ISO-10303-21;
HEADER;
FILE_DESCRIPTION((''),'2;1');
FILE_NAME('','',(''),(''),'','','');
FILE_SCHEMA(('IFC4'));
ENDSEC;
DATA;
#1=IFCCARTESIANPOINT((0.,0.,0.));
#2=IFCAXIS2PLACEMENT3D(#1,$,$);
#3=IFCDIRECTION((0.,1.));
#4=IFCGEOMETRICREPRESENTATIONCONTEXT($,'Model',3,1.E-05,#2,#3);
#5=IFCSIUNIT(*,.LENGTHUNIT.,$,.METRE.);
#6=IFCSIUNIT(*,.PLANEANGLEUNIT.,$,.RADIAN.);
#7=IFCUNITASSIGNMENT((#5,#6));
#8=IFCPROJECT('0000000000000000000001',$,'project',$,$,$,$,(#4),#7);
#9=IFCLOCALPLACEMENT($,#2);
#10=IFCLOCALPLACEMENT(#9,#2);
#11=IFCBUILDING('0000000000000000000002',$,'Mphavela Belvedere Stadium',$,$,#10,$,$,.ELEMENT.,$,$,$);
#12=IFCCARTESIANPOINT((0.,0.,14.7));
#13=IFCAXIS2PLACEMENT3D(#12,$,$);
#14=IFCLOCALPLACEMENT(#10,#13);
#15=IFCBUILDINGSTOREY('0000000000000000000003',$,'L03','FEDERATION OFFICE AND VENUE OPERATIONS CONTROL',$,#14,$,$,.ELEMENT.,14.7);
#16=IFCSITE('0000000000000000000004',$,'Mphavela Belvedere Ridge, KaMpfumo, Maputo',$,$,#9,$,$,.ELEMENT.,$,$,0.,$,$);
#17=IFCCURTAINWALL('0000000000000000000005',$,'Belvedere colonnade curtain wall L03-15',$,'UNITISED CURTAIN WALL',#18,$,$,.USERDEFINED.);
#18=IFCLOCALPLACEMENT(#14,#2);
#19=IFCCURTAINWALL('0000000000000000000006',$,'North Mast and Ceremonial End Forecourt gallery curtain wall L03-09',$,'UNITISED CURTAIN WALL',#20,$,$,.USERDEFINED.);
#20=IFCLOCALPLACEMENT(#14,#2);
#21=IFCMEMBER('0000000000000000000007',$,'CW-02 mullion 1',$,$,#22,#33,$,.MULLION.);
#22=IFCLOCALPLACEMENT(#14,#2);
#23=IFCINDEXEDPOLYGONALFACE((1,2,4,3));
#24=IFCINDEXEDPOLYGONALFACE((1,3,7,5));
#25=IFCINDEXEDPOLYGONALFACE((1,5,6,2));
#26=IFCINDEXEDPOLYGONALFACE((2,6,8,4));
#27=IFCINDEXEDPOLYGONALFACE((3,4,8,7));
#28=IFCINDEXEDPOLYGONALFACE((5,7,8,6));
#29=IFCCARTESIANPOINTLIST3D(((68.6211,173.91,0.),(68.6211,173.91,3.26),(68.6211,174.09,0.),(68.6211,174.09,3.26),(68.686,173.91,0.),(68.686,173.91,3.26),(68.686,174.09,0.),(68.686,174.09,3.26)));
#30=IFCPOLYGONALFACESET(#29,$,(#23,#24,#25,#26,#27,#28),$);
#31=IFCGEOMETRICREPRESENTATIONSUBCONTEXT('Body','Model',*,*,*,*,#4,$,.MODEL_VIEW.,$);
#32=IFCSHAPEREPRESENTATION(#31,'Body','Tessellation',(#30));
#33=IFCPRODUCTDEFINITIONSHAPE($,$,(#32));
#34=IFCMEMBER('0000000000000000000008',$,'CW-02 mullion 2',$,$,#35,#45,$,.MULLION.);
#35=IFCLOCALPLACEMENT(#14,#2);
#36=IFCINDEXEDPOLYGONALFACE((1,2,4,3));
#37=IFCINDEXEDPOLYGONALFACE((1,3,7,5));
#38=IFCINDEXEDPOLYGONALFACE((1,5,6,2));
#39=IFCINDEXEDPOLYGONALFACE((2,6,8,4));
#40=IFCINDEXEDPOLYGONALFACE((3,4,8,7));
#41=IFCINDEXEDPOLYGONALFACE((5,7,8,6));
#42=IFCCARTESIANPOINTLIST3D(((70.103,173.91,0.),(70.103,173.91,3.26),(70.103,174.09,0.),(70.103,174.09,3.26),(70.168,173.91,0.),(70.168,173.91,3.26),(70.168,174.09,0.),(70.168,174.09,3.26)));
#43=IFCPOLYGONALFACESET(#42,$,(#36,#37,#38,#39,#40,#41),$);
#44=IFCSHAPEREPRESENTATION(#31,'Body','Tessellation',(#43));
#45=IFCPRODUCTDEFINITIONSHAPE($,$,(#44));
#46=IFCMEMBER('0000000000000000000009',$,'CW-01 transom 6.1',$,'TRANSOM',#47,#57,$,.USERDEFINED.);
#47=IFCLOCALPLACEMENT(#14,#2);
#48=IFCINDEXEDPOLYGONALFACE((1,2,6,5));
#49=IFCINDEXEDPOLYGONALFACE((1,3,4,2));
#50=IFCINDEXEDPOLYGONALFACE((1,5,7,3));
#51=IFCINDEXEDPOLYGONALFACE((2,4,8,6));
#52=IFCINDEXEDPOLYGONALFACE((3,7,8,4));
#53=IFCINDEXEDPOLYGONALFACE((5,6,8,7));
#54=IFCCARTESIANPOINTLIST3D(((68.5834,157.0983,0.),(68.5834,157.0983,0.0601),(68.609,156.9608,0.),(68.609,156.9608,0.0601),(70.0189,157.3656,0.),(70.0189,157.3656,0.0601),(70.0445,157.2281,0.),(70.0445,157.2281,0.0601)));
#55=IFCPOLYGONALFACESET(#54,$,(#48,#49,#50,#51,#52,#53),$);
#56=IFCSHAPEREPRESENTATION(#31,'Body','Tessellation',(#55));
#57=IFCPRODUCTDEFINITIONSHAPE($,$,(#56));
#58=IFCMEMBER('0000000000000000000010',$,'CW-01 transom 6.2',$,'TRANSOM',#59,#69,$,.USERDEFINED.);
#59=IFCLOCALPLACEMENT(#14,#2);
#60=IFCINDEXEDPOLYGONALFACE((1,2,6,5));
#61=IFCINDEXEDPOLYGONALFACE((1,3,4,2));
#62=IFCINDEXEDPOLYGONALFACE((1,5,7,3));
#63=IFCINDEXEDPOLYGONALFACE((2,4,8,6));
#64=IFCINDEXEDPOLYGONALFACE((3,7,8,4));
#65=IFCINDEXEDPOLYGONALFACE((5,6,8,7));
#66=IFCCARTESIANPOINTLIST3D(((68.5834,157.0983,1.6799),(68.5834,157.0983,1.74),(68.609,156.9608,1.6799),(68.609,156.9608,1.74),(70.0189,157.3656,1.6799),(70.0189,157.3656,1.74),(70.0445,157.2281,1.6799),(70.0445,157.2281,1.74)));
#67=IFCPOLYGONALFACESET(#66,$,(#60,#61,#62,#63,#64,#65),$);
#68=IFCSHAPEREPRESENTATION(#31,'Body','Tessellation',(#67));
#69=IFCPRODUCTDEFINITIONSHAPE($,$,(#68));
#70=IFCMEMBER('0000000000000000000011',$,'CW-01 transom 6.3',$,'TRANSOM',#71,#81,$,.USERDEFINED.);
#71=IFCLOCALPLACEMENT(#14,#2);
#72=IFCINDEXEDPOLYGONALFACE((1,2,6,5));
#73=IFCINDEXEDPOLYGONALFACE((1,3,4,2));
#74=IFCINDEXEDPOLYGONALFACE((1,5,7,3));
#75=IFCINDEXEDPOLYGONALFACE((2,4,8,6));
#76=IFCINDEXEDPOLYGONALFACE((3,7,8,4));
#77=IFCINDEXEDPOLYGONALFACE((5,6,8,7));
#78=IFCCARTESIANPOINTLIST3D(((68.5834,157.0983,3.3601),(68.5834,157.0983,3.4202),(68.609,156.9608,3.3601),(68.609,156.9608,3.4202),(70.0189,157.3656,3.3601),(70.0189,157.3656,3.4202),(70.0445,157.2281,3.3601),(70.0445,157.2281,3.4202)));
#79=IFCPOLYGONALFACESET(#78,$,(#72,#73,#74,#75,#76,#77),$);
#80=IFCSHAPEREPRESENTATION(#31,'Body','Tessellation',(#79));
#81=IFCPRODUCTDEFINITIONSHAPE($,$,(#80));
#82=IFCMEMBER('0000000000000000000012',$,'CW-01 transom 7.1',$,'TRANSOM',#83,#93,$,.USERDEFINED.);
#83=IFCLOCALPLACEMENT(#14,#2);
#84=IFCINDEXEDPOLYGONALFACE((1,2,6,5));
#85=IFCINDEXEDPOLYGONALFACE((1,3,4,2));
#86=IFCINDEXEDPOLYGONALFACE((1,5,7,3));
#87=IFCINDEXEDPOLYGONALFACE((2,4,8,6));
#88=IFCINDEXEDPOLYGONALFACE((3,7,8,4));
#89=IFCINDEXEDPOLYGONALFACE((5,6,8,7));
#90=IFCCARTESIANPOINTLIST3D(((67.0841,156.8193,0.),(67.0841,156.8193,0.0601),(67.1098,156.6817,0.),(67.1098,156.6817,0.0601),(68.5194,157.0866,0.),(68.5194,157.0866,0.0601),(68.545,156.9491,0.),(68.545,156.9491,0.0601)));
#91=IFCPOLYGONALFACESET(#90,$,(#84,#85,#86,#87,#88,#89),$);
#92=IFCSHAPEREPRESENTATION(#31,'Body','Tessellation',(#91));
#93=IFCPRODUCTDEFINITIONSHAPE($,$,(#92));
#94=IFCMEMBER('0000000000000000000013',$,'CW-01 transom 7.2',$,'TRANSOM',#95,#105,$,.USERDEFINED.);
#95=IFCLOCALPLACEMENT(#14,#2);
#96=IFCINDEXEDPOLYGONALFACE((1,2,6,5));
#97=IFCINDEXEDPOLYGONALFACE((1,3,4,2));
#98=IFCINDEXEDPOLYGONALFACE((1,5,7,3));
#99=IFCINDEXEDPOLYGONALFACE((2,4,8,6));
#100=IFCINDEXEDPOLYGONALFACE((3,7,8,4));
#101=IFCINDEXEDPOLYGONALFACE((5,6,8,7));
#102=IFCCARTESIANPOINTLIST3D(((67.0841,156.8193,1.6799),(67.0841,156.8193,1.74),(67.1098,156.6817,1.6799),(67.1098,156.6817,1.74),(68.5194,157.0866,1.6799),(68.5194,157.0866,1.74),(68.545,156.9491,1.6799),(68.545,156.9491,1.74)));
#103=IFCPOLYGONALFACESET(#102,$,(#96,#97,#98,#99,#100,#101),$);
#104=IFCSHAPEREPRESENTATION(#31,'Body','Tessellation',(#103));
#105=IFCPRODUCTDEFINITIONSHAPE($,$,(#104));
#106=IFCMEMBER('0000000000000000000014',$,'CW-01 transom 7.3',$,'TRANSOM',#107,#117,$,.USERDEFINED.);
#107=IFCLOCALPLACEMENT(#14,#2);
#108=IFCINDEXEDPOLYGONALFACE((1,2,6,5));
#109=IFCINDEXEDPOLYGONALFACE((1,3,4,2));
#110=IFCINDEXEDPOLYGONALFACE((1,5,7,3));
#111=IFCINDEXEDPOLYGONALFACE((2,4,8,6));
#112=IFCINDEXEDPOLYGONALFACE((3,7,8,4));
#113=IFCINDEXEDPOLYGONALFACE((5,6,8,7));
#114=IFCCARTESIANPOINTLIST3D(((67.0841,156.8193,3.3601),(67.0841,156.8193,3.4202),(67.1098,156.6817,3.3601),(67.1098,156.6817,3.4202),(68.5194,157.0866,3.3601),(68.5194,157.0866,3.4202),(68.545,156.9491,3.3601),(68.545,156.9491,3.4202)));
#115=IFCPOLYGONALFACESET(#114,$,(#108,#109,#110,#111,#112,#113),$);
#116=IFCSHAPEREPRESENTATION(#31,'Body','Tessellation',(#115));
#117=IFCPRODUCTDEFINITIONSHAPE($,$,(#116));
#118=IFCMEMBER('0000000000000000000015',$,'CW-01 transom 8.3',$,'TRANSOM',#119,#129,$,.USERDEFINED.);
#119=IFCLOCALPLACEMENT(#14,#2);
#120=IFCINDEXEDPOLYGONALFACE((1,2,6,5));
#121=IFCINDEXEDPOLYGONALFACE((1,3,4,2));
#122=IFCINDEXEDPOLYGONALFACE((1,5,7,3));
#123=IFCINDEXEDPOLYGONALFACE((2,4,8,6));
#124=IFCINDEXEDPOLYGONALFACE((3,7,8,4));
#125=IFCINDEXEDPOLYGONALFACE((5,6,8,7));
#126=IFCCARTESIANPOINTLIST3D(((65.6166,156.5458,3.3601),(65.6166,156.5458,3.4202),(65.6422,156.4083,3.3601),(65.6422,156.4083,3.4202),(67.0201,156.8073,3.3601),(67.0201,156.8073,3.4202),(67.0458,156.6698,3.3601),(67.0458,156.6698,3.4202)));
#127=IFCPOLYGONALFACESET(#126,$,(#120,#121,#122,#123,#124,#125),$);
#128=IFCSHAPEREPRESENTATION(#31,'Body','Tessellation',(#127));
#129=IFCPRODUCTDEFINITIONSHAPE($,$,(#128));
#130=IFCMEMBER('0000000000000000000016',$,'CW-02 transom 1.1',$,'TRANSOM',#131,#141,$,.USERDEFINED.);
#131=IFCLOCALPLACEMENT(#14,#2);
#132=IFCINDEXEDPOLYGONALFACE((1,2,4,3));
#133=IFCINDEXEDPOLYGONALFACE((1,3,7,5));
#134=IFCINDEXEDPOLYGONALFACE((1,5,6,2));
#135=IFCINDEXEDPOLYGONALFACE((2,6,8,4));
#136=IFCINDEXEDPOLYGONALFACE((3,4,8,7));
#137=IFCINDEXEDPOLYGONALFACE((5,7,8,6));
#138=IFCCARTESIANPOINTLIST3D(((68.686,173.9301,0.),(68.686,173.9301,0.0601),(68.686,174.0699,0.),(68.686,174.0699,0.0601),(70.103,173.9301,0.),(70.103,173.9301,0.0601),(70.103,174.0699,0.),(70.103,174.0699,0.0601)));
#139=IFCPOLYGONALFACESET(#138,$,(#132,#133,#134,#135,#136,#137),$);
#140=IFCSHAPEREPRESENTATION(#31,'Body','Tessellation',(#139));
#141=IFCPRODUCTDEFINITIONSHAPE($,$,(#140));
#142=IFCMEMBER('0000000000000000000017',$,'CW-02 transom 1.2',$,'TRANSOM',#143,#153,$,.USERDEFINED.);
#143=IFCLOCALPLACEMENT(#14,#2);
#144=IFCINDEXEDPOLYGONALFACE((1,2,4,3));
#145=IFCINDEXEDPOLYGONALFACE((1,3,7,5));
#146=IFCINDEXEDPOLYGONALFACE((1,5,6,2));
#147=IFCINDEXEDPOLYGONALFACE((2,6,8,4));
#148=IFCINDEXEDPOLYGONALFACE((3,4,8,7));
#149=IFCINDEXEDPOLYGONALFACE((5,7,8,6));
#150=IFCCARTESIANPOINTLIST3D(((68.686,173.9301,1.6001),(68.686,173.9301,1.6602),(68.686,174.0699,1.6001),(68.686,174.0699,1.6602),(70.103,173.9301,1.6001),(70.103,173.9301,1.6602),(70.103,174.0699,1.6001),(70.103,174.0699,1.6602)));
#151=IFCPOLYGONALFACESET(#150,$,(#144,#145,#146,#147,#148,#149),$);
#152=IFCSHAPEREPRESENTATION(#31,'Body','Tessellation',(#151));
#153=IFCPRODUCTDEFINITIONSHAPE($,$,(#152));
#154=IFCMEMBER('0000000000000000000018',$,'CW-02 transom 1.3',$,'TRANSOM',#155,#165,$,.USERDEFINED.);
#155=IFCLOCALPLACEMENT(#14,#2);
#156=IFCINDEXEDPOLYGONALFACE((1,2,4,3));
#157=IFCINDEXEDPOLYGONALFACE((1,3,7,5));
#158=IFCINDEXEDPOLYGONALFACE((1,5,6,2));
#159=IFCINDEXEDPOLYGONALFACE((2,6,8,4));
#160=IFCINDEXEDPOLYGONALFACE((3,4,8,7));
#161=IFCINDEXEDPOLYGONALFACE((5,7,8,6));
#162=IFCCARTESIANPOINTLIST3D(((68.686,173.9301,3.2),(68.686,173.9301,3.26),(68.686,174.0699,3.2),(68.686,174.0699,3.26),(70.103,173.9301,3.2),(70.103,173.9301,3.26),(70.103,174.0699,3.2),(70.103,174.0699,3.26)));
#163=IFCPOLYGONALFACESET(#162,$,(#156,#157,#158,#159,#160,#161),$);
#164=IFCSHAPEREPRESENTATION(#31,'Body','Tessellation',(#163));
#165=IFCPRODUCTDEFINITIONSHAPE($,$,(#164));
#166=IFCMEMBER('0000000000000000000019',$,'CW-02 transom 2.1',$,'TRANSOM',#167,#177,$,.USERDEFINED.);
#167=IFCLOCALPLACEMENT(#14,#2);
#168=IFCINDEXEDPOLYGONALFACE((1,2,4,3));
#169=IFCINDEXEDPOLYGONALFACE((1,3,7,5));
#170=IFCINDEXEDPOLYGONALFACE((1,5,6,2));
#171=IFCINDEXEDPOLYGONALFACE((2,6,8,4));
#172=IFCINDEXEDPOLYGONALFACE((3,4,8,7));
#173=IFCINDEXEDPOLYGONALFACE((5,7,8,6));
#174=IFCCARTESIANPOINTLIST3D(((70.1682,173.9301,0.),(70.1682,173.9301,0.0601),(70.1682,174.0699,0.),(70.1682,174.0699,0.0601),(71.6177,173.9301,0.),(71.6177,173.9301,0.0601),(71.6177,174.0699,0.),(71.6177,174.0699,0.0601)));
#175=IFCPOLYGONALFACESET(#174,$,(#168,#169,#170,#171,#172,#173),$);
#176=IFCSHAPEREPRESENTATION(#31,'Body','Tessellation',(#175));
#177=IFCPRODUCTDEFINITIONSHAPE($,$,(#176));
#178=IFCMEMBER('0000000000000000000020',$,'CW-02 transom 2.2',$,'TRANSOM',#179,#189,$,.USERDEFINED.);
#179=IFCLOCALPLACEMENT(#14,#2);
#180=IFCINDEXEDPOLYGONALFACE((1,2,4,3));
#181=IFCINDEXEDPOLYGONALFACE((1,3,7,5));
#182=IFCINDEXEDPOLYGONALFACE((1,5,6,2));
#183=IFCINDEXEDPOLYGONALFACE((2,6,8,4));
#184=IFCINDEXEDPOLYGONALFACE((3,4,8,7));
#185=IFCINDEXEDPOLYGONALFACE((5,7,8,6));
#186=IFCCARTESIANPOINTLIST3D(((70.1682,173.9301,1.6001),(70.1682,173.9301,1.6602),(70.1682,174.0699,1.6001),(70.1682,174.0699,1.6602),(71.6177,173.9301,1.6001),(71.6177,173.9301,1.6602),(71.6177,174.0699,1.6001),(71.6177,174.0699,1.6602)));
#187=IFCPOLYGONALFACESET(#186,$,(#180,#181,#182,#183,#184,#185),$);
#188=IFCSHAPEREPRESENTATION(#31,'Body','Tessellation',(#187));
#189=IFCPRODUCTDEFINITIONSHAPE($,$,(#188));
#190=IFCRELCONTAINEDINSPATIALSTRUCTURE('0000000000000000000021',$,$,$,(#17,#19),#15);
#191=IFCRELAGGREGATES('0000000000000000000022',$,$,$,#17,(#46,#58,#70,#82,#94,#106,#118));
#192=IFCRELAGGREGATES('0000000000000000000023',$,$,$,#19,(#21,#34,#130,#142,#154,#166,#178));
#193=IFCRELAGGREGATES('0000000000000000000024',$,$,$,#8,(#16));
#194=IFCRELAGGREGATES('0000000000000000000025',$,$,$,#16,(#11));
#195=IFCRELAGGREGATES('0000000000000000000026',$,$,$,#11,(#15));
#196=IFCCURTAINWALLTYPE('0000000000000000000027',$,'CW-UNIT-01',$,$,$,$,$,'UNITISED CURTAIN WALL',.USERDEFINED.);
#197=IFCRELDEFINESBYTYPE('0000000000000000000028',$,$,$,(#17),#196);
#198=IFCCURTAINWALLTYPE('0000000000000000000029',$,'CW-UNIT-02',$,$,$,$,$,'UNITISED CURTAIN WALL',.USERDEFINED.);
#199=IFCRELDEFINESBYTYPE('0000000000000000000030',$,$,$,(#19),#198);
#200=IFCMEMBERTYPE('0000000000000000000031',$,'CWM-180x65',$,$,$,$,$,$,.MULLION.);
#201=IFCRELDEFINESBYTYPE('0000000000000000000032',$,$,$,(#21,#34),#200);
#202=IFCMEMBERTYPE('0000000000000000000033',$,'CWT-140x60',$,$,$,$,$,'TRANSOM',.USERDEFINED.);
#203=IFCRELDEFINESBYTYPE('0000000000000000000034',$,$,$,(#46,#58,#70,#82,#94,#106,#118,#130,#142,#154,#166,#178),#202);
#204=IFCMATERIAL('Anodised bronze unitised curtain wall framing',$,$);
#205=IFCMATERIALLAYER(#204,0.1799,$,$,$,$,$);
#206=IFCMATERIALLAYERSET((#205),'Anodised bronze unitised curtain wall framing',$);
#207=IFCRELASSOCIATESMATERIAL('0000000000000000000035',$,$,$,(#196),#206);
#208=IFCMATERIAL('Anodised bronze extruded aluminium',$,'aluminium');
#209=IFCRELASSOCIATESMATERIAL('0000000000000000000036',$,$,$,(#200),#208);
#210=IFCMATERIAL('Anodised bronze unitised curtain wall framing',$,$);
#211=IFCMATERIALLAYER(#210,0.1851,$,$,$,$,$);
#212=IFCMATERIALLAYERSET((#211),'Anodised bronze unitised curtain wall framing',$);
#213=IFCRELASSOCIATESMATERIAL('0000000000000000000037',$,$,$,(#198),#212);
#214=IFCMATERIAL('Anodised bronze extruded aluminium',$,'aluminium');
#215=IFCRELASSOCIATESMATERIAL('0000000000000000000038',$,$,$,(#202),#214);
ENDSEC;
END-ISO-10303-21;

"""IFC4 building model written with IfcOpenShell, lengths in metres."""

from ifc_helpers import new_model, si_unit, direction, frame, origin, origin_2d, place, context, subcontext, project, spatial, rectangle, extrude, material, layer, layer_set, material_profile, profile_set, type_object, element, aggregate, save


model = new_model("IFC4")

# Units and contexts
model_context = context("Model", 3, precision=1e-05, world=origin(), true_north=direction((0.0, 1.0)))
body_context = subcontext(model_context, "Body", "Model", "MODEL_VIEW")
ifc_project = project(units=[si_unit("LENGTHUNIT", "METRE"), si_unit("PLANEANGLEUNIT", "RADIAN")], contexts=[model_context])

# Site, building, storey
site_placement = place(None, origin())
site = spatial("IfcSite", under=ifc_project, at=site_placement, Name="Mphavela Belvedere Ridge, KaMpfumo, Maputo", CompositionType="ELEMENT", RefElevation=0.0)
building_placement = place(site_placement, origin())
building = spatial("IfcBuilding", under=site, at=building_placement, Name="Mphavela Belvedere Stadium", CompositionType="ELEMENT")
storey_placement = place(building_placement, frame((0.0, 0.0, 14.7)))
storey = spatial("IfcBuildingStorey", under=building, at=storey_placement, Name="L03", Description="FEDERATION OFFICE AND VENUE OPERATIONS CONTROL", CompositionType="ELEMENT", Elevation=14.7)

# Curtain walls, members
ifc_material_1 = material(Name="Anodised bronze unitised curtain wall framing")
ifc_layer_1 = layer(ifc_material_1, 0.1799)
ifc_layer_set_1 = layer_set([ifc_layer_1], Name="Anodised bronze unitised curtain wall framing")
curtain_wall_type_1 = type_object("IfcCurtainWallType", Name="CW-UNIT-01", ElementType="UNITISED CURTAIN WALL", PredefinedType="USERDEFINED", material=ifc_layer_set_1)
curtain_wall_1_placement = place(storey_placement, origin())
curtain_wall_1 = element("IfcCurtainWall", 1, at=curtain_wall_1_placement, inside=storey, type_object=curtain_wall_type_1, Name="Belvedere colonnade curtain wall L03-15", ObjectType="UNITISED CURTAIN WALL", PredefinedType="USERDEFINED")
ifc_material_2 = material(Name="Anodised bronze extruded aluminium", Category="aluminium")
ifc_material_profile_1 = material_profile(ifc_material_2, rectangle(XDim=0.1799, YDim=0.0649, at=origin_2d()), Name="CW-MUL 180x65")
ifc_profile_set_1 = profile_set([ifc_material_profile_1], Name="Anodised bronze extruded aluminium")
member_type_1 = type_object("IfcMemberType", Name="CWM-180x65", PredefinedType="MULLION", material=ifc_profile_set_1)
ifc_material_3 = material(Name="Anodised bronze unitised curtain wall framing")
ifc_layer_2 = layer(ifc_material_3, 0.1851)
ifc_layer_set_2 = layer_set([ifc_layer_2], Name="Anodised bronze unitised curtain wall framing")
curtain_wall_type_2 = type_object("IfcCurtainWallType", Name="CW-UNIT-02", ElementType="UNITISED CURTAIN WALL", PredefinedType="USERDEFINED", material=ifc_layer_set_2)
curtain_wall_2_placement = place(storey_placement, origin())
curtain_wall_2 = element("IfcCurtainWall", 2, at=curtain_wall_2_placement, inside=storey, type_object=curtain_wall_type_2, Name="North Mast and Ceremonial End Forecourt gallery curtain wall L03-09", ObjectType="UNITISED CURTAIN WALL", PredefinedType="USERDEFINED")
member_1_placement = place(storey_placement, frame((68.6536, 174.0, 0.0), z_axis=(0.0, 0.0, 1.0), x_axis=(0.0, 1.0, 0.0)))
member_1 = element("IfcMember", 3, at=member_1_placement, type_object=member_type_1, Name="CW-02 mullion 1", PredefinedType="MULLION", context=body_context, shape_type="SweptSolid", body=[
    extrude(rectangle(XDim=0.1799, YDim=0.0649, at=origin_2d()), origin(), (0.0, 0.0, 1.0), 3.26),
])
member_2_placement = place(storey_placement, frame((70.1355, 174.0, 0.0), z_axis=(0.0, 0.0, 1.0), x_axis=(0.0, 1.0, 0.0)))
member_2 = element("IfcMember", 4, at=member_2_placement, type_object=member_type_1, Name="CW-02 mullion 2", PredefinedType="MULLION", context=body_context, shape_type="SweptSolid", body=[
    extrude(rectangle(XDim=0.1799, YDim=0.0649, at=origin_2d()), origin(), (0.0, 0.0, 1.0), 3.26),
])

# Members
ifc_material_4 = material(Name="Anodised bronze extruded aluminium", Category="aluminium")
ifc_material_profile_2 = material_profile(ifc_material_4, rectangle(XDim=0.1399, YDim=0.0601, at=origin_2d()), Name="CW-TRN 140x60")
ifc_profile_set_2 = profile_set([ifc_material_profile_2], Name="Anodised bronze extruded aluminium")
member_type_2 = type_object("IfcMemberType", Name="CWT-140x60", ElementType="TRANSOM", PredefinedType="USERDEFINED", material=ifc_profile_set_2)
member_3_placement = place(storey_placement, frame((70.0317, 157.2969, 0.03), z_axis=(-0.983099, -0.183077, 0.0), x_axis=(0.183077, -0.983099, 0.0)))
member_3 = element("IfcMember", 5, at=member_3_placement, type_object=member_type_2, Name="CW-01 transom 6.1", ObjectType="TRANSOM", PredefinedType="USERDEFINED", context=body_context, shape_type="SweptSolid", body=[
    extrude(rectangle(XDim=0.1399, YDim=0.0601, at=origin_2d()), origin(), (0.0, 0.0, 1.0), 1.4602),
])
member_4_placement = place(storey_placement, frame((70.0317, 157.2969, 1.71), z_axis=(-0.983099, -0.183077, 0.0), x_axis=(0.183077, -0.983099, 0.0)))
member_4 = element("IfcMember", 6, at=member_4_placement, type_object=member_type_2, Name="CW-01 transom 6.2", ObjectType="TRANSOM", PredefinedType="USERDEFINED", context=body_context, shape_type="SweptSolid", body=[
    extrude(rectangle(XDim=0.1399, YDim=0.0601, at=origin_2d()), origin(), (0.0, 0.0, 1.0), 1.4602),
])
member_5_placement = place(storey_placement, frame((70.0317, 157.2969, 3.3901), z_axis=(-0.983099, -0.183077, 0.0), x_axis=(0.183077, -0.983099, 0.0)))
member_5 = element("IfcMember", 7, at=member_5_placement, type_object=member_type_2, Name="CW-01 transom 6.3", ObjectType="TRANSOM", PredefinedType="USERDEFINED", context=body_context, shape_type="SweptSolid", body=[
    extrude(rectangle(XDim=0.1399, YDim=0.0601, at=origin_2d()), origin(), (0.0, 0.0, 1.0), 1.4602),
])
member_6_placement = place(storey_placement, frame((68.5322, 157.0178, 0.03), z_axis=(-0.983093, -0.183107, 0.0), x_axis=(0.183107, -0.983093, 0.0)))
member_6 = element("IfcMember", 8, at=member_6_placement, type_object=member_type_2, Name="CW-01 transom 7.1", ObjectType="TRANSOM", PredefinedType="USERDEFINED", context=body_context, shape_type="SweptSolid", body=[
    extrude(rectangle(XDim=0.1399, YDim=0.0601, at=origin_2d()), origin(), (0.0, 0.0, 1.0), 1.46),
])
member_7_placement = place(storey_placement, frame((68.5322, 157.0178, 1.71), z_axis=(-0.983093, -0.183107, 0.0), x_axis=(0.183107, -0.983093, 0.0)))
member_7 = element("IfcMember", 9, at=member_7_placement, type_object=member_type_2, Name="CW-01 transom 7.2", ObjectType="TRANSOM", PredefinedType="USERDEFINED", context=body_context, shape_type="SweptSolid", body=[
    extrude(rectangle(XDim=0.1399, YDim=0.0601, at=origin_2d()), origin(), (0.0, 0.0, 1.0), 1.46),
])
member_8_placement = place(storey_placement, frame((68.5322, 157.0178, 3.3901), z_axis=(-0.983093, -0.183107, 0.0), x_axis=(0.183107, -0.983093, 0.0)))
member_8 = element("IfcMember", 10, at=member_8_placement, type_object=member_type_2, Name="CW-01 transom 7.3", ObjectType="TRANSOM", PredefinedType="USERDEFINED", context=body_context, shape_type="SweptSolid", body=[
    extrude(rectangle(XDim=0.1399, YDim=0.0601, at=origin_2d()), origin(), (0.0, 0.0, 1.0), 1.46),
])
member_9_placement = place(storey_placement, frame((67.033, 156.7385, 3.3901), z_axis=(-0.983086, -0.183142, 0.0), x_axis=(0.183142, -0.983086, 0.0)))
member_9 = element("IfcMember", 11, at=member_9_placement, type_object=member_type_2, Name="CW-01 transom 8.3", ObjectType="TRANSOM", PredefinedType="USERDEFINED", context=body_context, shape_type="SweptSolid", body=[
    extrude(rectangle(XDim=0.1399, YDim=0.0601, at=origin_2d()), origin(), (0.0, 0.0, 1.0), 1.4277),
])
member_10_placement = place(storey_placement, frame((68.686, 174.0, 0.03), z_axis=(1.0, 0.0, 0.0), x_axis=(0.0, 1.0, 0.0)))
member_10 = element("IfcMember", 12, at=member_10_placement, type_object=member_type_2, Name="CW-02 transom 1.1", ObjectType="TRANSOM", PredefinedType="USERDEFINED", context=body_context, shape_type="SweptSolid", body=[
    extrude(rectangle(XDim=0.1399, YDim=0.0601, at=origin_2d()), origin(), (0.0, 0.0, 1.0), 1.417),
])
member_11_placement = place(storey_placement, frame((68.686, 174.0, 1.6301), z_axis=(1.0, 0.0, 0.0), x_axis=(0.0, 1.0, 0.0)))
member_11 = element("IfcMember", 13, at=member_11_placement, type_object=member_type_2, Name="CW-02 transom 1.2", ObjectType="TRANSOM", PredefinedType="USERDEFINED", context=body_context, shape_type="SweptSolid", body=[
    extrude(rectangle(XDim=0.1399, YDim=0.0601, at=origin_2d()), origin(), (0.0, 0.0, 1.0), 1.417),
])
member_12_placement = place(storey_placement, frame((68.686, 174.0, 3.23), z_axis=(1.0, 0.0, 0.0), x_axis=(0.0, 1.0, 0.0)))
member_12 = element("IfcMember", 14, at=member_12_placement, type_object=member_type_2, Name="CW-02 transom 1.3", ObjectType="TRANSOM", PredefinedType="USERDEFINED", context=body_context, shape_type="SweptSolid", body=[
    extrude(rectangle(XDim=0.1399, YDim=0.0601, at=origin_2d()), origin(), (0.0, 0.0, 1.0), 1.417),
])
member_13_placement = place(storey_placement, frame((70.1682, 174.0, 0.03), z_axis=(1.0, 0.0, 0.0), x_axis=(0.0, 1.0, 0.0)))
member_13 = element("IfcMember", 15, at=member_13_placement, type_object=member_type_2, Name="CW-02 transom 2.1", ObjectType="TRANSOM", PredefinedType="USERDEFINED", context=body_context, shape_type="SweptSolid", body=[
    extrude(rectangle(XDim=0.1399, YDim=0.0601, at=origin_2d()), origin(), (0.0, 0.0, 1.0), 1.4495),
])
member_14_placement = place(storey_placement, frame((70.1682, 174.0, 1.6301), z_axis=(1.0, 0.0, 0.0), x_axis=(0.0, 1.0, 0.0)))
member_14 = element("IfcMember", 16, at=member_14_placement, type_object=member_type_2, Name="CW-02 transom 2.2", ObjectType="TRANSOM", PredefinedType="USERDEFINED", context=body_context, shape_type="SweptSolid", body=[
    extrude(rectangle(XDim=0.1399, YDim=0.0601, at=origin_2d()), origin(), (0.0, 0.0, 1.0), 1.4495),
])

aggregate(curtain_wall_1, [member_3, member_4, member_5, member_6, member_7, member_8, member_9])
aggregate(curtain_wall_2, [member_1, member_2, member_10, member_11, member_12, member_13, member_14])

save(model, "model.ifc")
